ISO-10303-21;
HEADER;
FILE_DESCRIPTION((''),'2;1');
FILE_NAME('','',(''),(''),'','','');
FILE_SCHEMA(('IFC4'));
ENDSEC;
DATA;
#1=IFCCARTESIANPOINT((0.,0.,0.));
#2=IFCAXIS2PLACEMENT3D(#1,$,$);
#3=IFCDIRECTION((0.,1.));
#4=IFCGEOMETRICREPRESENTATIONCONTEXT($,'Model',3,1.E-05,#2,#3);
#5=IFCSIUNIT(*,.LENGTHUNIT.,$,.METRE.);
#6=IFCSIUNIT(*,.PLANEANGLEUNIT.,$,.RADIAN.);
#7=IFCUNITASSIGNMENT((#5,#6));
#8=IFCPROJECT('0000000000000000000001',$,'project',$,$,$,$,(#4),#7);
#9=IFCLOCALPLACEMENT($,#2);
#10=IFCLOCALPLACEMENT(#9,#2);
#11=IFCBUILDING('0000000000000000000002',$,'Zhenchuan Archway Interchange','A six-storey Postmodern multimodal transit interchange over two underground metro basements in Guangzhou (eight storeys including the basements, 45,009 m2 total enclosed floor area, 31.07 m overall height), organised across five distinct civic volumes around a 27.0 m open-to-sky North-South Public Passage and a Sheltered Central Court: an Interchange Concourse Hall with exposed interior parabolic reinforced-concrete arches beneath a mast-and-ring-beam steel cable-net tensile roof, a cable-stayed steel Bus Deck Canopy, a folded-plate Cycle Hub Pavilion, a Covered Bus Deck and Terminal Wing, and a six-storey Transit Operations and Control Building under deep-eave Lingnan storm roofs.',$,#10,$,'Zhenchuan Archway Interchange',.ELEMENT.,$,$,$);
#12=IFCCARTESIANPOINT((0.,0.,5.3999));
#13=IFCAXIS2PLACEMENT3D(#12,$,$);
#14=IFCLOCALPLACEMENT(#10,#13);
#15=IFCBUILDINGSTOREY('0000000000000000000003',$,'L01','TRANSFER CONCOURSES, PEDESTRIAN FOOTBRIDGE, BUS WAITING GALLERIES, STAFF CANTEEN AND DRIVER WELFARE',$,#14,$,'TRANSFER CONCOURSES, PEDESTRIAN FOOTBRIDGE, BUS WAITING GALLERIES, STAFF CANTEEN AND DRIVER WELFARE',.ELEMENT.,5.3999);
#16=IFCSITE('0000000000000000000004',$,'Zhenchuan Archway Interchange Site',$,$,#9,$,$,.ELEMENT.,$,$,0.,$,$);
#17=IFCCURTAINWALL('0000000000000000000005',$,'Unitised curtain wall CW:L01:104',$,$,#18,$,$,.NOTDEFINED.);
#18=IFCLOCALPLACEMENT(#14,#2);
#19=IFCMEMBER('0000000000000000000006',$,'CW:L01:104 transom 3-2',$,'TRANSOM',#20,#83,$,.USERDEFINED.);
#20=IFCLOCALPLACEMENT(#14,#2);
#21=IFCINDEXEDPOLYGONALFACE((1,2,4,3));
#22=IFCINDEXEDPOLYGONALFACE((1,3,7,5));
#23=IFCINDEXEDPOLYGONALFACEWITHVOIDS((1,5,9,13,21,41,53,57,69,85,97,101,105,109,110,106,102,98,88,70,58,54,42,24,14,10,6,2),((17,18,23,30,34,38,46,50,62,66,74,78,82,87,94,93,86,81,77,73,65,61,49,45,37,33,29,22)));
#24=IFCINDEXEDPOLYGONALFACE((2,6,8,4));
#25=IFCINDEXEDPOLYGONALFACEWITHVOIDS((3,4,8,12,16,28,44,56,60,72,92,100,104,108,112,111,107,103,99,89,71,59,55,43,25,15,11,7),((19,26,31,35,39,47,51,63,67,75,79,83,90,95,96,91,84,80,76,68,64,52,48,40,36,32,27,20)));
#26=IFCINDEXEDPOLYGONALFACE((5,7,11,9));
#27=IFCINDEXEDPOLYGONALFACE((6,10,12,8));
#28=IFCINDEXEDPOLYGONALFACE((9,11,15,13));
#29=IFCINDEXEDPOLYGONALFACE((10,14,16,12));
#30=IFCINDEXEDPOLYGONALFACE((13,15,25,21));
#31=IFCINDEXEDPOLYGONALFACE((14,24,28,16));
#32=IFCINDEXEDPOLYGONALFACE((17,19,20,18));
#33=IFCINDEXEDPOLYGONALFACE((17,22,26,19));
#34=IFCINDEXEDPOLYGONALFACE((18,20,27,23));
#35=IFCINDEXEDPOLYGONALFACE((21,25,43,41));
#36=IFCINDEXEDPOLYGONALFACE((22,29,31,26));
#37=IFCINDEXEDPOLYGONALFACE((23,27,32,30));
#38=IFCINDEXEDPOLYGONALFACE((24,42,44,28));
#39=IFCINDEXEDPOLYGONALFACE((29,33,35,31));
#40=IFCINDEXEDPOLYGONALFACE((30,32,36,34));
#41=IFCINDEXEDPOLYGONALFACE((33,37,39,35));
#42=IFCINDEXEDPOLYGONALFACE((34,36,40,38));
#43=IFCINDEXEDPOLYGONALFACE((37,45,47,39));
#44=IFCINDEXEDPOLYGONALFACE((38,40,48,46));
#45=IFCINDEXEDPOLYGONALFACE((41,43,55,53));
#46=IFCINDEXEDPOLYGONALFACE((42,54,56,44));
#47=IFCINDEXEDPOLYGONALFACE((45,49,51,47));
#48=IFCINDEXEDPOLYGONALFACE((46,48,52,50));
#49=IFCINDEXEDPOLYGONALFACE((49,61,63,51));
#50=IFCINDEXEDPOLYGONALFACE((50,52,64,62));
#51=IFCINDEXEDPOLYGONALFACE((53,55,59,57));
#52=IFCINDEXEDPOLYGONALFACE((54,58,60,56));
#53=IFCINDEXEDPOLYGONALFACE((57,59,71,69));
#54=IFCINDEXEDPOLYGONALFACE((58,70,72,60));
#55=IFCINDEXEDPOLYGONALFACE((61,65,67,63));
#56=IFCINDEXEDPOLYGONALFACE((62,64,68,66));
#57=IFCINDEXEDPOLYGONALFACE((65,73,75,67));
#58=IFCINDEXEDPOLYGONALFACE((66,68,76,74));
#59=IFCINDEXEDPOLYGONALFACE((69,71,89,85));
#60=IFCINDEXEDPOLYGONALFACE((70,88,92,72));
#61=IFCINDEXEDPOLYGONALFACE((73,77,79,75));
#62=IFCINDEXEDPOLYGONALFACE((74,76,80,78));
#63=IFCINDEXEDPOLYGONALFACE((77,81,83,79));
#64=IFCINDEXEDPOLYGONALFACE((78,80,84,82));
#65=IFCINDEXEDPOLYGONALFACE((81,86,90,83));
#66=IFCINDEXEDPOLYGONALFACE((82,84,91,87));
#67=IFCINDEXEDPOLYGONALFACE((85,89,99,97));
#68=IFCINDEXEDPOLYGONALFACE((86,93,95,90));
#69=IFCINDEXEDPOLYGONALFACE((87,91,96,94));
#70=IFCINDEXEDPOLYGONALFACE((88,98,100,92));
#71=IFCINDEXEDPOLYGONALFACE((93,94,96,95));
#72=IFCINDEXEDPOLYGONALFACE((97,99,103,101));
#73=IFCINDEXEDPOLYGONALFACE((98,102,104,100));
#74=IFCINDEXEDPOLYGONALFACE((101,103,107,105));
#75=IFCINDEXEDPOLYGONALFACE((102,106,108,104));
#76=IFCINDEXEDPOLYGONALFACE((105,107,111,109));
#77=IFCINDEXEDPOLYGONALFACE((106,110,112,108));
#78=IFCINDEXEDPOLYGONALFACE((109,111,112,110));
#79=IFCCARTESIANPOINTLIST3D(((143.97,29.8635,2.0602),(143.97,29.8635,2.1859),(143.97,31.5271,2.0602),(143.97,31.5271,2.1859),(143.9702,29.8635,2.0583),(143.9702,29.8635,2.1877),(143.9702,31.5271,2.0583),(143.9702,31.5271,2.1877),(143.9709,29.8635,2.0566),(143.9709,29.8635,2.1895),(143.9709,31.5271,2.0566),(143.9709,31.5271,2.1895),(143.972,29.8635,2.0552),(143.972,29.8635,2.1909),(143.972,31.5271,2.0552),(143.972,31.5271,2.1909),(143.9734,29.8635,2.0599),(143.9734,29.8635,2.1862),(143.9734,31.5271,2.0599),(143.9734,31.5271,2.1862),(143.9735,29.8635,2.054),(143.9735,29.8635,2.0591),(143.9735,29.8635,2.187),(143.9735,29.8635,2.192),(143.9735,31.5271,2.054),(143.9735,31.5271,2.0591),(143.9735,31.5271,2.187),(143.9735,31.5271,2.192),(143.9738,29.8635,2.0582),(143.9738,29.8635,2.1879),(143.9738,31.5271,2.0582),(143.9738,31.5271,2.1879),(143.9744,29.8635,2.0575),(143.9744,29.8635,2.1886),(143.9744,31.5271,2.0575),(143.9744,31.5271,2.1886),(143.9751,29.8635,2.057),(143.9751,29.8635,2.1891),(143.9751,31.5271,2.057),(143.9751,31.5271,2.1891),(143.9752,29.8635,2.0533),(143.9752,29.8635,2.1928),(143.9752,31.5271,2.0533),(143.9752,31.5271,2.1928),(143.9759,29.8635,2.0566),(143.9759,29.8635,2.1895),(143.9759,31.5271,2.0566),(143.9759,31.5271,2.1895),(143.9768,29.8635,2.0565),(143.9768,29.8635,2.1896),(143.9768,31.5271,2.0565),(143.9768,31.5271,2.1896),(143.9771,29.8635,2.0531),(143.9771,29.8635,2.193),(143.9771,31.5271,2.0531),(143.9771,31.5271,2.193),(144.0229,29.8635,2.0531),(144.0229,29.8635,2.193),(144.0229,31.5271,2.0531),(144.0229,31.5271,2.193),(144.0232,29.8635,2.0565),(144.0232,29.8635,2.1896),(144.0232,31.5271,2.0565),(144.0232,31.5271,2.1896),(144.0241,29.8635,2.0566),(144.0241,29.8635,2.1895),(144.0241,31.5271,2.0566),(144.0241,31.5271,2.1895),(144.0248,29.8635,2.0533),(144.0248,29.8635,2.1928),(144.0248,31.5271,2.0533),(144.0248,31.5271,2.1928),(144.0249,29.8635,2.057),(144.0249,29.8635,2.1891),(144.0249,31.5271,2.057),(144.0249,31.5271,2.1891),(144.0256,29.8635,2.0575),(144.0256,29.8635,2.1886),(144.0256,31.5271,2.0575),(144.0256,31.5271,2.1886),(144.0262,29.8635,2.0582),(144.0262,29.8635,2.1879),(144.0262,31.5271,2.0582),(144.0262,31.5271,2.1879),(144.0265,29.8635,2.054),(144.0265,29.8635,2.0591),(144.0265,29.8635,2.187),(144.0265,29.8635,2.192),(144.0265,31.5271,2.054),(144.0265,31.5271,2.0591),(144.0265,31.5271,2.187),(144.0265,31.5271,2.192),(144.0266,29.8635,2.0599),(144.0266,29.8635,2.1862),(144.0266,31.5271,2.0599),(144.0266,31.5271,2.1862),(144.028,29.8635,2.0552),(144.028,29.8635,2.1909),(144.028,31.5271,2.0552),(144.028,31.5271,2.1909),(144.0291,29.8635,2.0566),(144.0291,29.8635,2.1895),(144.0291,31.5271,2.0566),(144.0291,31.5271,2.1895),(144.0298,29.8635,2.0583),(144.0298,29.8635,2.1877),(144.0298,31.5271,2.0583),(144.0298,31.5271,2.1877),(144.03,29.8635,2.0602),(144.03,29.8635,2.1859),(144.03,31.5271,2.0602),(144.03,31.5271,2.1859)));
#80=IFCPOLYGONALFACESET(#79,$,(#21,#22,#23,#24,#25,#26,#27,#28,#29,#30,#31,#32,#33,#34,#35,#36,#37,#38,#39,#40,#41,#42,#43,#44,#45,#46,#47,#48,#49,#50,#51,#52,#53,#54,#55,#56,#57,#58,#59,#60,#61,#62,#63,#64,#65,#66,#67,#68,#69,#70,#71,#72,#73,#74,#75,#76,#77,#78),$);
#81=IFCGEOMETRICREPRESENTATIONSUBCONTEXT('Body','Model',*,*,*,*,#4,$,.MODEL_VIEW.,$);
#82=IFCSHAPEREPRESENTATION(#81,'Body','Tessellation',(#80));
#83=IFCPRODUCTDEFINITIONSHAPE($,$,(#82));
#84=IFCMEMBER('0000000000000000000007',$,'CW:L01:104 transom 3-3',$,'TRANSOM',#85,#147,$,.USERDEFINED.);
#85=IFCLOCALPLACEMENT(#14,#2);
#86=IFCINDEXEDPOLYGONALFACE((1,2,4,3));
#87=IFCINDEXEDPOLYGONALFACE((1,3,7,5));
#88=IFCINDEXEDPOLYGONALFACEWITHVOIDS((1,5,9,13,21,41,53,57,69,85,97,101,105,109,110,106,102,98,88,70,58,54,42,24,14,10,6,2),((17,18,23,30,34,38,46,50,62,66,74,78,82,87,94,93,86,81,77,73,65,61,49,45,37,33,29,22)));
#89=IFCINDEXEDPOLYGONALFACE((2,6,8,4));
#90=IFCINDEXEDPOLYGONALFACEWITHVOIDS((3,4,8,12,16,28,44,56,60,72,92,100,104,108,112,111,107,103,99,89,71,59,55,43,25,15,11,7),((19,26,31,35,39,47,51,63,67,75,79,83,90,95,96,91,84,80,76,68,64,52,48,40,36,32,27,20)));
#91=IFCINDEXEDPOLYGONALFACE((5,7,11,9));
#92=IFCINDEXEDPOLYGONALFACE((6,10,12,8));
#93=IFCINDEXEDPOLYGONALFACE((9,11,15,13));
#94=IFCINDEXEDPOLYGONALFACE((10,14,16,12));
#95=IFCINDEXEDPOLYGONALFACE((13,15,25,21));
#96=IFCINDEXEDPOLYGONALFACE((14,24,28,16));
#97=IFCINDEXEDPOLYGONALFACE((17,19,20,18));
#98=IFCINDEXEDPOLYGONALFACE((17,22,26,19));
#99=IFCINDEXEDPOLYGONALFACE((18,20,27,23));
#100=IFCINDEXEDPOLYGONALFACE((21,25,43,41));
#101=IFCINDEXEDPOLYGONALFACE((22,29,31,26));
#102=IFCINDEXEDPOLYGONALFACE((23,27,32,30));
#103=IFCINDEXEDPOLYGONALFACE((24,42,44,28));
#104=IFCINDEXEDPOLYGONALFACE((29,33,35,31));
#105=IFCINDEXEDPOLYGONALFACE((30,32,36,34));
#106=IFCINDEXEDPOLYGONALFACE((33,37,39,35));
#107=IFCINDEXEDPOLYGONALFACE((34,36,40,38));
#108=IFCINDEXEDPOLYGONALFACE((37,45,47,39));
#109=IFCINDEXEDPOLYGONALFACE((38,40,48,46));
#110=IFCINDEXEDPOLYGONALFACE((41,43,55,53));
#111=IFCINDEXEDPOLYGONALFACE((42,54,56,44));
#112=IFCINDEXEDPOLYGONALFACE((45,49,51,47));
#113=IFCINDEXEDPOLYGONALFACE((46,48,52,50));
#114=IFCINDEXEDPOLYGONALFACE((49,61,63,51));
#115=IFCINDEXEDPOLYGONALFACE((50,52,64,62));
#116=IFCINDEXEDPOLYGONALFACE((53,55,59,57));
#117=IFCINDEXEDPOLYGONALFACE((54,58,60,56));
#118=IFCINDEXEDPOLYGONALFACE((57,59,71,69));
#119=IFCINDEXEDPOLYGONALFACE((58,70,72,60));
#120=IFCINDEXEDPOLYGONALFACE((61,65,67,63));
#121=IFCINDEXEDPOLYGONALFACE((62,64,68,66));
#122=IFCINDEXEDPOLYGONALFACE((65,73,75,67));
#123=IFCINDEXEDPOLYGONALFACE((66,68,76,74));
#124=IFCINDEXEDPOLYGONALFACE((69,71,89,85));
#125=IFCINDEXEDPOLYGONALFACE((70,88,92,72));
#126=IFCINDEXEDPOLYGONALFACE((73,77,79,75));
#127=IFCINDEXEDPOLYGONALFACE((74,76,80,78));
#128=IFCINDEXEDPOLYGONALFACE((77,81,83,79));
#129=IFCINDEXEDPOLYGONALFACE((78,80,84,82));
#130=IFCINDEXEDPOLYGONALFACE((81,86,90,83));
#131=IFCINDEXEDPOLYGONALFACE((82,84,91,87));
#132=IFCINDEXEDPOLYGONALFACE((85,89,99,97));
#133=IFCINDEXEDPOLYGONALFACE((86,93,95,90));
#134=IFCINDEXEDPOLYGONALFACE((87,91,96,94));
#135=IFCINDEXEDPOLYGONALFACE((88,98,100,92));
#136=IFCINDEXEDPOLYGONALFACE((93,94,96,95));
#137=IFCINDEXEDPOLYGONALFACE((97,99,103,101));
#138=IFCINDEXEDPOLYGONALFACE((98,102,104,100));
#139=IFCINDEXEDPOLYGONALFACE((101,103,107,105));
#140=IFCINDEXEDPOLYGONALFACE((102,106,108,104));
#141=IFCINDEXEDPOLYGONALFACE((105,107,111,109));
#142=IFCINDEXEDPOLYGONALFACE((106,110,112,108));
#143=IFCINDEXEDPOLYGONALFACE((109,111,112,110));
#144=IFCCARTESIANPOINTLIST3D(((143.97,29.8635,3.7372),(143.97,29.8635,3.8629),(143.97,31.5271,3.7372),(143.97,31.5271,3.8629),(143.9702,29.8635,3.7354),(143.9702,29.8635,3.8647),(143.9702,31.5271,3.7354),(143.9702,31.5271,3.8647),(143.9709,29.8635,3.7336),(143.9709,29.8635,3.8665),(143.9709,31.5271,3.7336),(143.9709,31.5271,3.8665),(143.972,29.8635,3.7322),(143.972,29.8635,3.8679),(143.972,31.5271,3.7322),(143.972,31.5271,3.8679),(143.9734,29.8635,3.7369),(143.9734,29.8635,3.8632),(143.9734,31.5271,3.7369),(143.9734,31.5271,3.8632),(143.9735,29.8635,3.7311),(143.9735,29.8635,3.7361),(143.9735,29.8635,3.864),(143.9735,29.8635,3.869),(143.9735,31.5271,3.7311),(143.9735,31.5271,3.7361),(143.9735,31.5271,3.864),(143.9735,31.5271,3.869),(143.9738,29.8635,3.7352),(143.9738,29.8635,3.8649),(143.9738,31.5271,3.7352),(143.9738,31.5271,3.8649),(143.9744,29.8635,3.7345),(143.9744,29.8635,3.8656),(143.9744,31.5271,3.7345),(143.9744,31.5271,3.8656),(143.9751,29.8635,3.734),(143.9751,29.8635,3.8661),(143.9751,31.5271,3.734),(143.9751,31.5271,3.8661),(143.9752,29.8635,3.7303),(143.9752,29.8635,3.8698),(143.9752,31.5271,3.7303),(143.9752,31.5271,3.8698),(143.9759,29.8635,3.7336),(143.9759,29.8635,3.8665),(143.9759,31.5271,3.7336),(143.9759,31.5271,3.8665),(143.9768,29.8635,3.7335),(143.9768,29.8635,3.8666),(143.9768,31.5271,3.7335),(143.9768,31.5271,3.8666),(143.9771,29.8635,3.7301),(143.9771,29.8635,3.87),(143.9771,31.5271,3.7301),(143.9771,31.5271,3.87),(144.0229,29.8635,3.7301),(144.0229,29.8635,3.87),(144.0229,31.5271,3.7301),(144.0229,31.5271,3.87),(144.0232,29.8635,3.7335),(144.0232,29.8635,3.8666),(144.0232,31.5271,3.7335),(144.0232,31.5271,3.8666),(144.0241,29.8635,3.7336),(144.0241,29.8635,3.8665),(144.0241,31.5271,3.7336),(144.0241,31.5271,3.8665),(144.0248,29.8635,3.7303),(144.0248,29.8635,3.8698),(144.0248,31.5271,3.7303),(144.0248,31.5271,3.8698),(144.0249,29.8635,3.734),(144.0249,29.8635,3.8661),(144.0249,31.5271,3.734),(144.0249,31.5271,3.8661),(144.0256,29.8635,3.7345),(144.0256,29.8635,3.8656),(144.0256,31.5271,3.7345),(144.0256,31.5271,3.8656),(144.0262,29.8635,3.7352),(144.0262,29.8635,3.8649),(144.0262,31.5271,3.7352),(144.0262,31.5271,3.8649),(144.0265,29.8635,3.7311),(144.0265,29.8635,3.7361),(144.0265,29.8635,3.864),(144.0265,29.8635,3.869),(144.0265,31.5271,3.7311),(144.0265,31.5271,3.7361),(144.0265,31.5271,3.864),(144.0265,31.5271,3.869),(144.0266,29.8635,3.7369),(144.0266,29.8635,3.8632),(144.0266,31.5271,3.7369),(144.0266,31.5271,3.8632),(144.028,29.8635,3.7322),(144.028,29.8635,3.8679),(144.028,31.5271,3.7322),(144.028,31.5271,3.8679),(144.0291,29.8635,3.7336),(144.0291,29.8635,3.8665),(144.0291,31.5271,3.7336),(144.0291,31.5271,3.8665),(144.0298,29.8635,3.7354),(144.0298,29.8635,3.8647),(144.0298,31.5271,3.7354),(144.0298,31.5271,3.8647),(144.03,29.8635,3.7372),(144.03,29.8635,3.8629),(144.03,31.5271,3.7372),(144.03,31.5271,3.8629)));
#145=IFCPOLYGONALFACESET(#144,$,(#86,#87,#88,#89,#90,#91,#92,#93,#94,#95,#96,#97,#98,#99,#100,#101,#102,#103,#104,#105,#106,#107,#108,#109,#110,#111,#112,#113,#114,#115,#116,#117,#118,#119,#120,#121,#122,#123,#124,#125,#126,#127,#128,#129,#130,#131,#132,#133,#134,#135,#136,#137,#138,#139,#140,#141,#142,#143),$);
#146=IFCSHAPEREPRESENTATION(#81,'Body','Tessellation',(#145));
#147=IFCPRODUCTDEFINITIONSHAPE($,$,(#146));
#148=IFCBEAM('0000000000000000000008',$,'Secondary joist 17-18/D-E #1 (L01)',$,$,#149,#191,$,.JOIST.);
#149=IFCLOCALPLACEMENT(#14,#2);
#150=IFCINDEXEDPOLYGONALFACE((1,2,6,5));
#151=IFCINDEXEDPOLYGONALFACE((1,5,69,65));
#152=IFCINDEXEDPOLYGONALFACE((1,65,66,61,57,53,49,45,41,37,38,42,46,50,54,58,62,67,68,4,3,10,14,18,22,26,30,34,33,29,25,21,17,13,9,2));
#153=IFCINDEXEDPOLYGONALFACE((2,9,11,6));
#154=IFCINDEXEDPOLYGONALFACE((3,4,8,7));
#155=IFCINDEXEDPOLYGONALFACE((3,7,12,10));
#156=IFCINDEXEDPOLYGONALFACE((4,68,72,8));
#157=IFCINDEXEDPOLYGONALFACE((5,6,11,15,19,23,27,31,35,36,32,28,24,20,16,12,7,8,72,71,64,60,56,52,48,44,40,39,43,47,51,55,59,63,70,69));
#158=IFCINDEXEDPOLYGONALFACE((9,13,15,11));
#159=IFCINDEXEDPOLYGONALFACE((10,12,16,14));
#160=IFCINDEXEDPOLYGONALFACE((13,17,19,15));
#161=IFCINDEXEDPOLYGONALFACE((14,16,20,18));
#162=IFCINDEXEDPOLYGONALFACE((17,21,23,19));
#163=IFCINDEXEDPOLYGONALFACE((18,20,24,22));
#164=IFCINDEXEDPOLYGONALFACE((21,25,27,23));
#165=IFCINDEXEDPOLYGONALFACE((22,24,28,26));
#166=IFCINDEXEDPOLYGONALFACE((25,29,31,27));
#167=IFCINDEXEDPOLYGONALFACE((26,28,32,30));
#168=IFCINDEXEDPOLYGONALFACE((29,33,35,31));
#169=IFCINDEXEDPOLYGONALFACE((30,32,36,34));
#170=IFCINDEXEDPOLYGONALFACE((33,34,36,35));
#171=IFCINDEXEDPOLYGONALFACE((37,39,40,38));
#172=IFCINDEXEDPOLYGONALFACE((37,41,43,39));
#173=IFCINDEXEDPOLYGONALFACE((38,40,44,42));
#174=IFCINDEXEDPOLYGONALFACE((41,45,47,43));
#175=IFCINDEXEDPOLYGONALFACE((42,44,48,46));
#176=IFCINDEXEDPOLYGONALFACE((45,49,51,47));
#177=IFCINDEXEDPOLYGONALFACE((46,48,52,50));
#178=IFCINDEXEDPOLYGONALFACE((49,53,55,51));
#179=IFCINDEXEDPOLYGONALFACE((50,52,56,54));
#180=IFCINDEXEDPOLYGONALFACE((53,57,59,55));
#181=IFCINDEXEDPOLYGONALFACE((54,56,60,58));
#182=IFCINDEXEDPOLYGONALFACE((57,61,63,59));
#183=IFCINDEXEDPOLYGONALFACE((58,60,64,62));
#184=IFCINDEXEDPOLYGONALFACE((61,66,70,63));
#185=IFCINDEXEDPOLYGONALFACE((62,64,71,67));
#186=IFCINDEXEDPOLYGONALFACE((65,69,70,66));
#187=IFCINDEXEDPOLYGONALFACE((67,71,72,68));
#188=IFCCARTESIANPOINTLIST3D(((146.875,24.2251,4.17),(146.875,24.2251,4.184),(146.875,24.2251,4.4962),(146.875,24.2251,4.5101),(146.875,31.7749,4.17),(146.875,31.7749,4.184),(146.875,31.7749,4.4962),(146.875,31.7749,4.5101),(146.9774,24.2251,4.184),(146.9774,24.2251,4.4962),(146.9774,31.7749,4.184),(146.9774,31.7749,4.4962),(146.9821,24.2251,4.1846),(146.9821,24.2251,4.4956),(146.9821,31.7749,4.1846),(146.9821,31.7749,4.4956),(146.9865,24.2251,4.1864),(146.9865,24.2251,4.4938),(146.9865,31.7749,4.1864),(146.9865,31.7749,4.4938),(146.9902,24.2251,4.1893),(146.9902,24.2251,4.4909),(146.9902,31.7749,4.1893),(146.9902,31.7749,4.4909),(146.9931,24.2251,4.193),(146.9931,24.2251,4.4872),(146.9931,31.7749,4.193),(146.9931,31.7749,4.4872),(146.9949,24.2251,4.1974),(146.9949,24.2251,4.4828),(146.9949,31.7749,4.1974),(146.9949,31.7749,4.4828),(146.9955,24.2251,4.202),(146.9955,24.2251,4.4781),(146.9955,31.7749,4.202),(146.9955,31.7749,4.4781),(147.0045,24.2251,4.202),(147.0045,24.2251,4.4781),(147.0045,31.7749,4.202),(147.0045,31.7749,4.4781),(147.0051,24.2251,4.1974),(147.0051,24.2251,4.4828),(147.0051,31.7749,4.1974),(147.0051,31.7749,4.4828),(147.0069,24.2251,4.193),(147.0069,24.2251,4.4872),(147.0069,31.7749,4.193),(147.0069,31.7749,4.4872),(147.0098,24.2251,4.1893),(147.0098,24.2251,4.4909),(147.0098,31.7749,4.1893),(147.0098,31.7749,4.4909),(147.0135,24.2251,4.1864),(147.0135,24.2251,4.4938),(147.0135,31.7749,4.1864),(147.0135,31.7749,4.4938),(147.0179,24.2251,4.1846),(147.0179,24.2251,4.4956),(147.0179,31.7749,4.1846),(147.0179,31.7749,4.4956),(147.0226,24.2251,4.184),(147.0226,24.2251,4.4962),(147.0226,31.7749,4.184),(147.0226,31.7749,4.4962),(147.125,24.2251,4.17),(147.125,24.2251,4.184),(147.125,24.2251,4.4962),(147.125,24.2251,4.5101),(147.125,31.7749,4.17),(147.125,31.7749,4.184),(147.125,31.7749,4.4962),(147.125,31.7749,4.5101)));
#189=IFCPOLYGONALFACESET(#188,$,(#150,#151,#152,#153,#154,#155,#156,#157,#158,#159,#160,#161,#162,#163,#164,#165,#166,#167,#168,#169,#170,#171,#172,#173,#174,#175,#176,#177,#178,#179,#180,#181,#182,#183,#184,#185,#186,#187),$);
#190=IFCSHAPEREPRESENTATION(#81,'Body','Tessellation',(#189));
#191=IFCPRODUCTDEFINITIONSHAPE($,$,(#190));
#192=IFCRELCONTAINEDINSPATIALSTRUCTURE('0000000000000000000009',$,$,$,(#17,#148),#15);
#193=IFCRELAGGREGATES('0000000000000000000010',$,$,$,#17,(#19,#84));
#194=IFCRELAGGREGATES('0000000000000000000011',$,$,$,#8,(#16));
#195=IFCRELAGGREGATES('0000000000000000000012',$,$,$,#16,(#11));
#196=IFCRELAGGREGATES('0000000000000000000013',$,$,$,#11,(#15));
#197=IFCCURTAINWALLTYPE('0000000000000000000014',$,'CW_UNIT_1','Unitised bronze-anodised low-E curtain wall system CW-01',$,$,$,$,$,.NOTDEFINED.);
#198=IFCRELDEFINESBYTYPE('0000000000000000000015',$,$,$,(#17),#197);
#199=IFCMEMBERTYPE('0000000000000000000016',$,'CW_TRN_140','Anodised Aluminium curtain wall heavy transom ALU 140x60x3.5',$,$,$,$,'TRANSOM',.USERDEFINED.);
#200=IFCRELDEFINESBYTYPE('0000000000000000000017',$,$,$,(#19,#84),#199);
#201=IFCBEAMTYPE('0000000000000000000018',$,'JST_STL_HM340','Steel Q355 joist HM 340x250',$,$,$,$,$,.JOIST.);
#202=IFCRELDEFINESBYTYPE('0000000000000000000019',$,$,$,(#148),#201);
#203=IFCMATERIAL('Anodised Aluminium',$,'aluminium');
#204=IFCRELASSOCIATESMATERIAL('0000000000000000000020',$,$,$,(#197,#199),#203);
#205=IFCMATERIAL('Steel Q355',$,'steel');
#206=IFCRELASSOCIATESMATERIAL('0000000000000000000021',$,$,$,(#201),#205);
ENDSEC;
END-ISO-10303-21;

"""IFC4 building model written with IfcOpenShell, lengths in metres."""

from ifc_helpers import new_model, si_unit, direction, frame, origin, origin_2d, place, context, subcontext, project, spatial, hollow_rectangle, i_section, extrude, material, material_profile, profile_set, type_object, element, aggregate, save


model = new_model("IFC4")

# Units and contexts
model_context = context("Model", 3, precision=1e-05, world=origin(), true_north=direction((0.0, 1.0)))
body_context = subcontext(model_context, "Body", "Model", "MODEL_VIEW")
ifc_project = project(units=[si_unit("LENGTHUNIT", "METRE"), si_unit("PLANEANGLEUNIT", "RADIAN")], contexts=[model_context])

# Site, building, storey
site_placement = place(None, origin())
site = spatial("IfcSite", under=ifc_project, at=site_placement, Name="Zhenchuan Archway Interchange Site", CompositionType="ELEMENT", RefElevation=0.0)
building_placement = place(site_placement, origin())
building = spatial("IfcBuilding", under=site, at=building_placement, Name="Zhenchuan Archway Interchange", Description="A six-storey Postmodern multimodal transit interchange over two underground metro basements in Guangzhou (eight storeys including the basements, 45,009 m2 total enclosed floor area, 31.07 m overall height), organised across five distinct civic volumes around a 27.0 m open-to-sky North-South Public Passage and a Sheltered Central Court: an Interchange Concourse Hall with exposed interior parabolic reinforced-concrete arches beneath a mast-and-ring-beam steel cable-net tensile roof, a cable-stayed steel Bus Deck Canopy, a folded-plate Cycle Hub Pavilion, a Covered Bus Deck and Terminal Wing, and a six-storey Transit Operations and Control Building under deep-eave Lingnan storm roofs.", LongName="Zhenchuan Archway Interchange", CompositionType="ELEMENT")
storey_placement = place(building_placement, frame((0.0, 0.0, 5.3999)))
storey = spatial("IfcBuildingStorey", under=building, at=storey_placement, Name="L01", Description="TRANSFER CONCOURSES, PEDESTRIAN FOOTBRIDGE, BUS WAITING GALLERIES, STAFF CANTEEN AND DRIVER WELFARE", LongName="TRANSFER CONCOURSES, PEDESTRIAN FOOTBRIDGE, BUS WAITING GALLERIES, STAFF CANTEEN AND DRIVER WELFARE", CompositionType="ELEMENT", Elevation=5.3999)

# Curtain wall, members
ifc_material_1 = material(Name="Anodised Aluminium", Category="aluminium")
curtain_wall_type = type_object("IfcCurtainWallType", Name="CW_UNIT_1", Description="Unitised bronze-anodised low-E curtain wall system CW-01", PredefinedType="NOTDEFINED", material=ifc_material_1)
curtain_wall_placement = place(storey_placement, origin())
curtain_wall = element("IfcCurtainWall", 1, at=curtain_wall_placement, inside=storey, type_object=curtain_wall_type, Name="Unitised curtain wall CW:L01:104", PredefinedType="NOTDEFINED")
ifc_material_profile_1 = material_profile(ifc_material_1, hollow_rectangle(XDim=0.0601, YDim=0.1399, WallThickness=0.0034, InnerFilletRadius=0.0034, OuterFilletRadius=0.0071, at=origin_2d()), Name="ALU 140x60x3.5")
ifc_profile_set_1 = profile_set([ifc_material_profile_1], Name="Anodised Aluminium")
member_type_1 = type_object("IfcMemberType", Name="CW_TRN_140", Description="Anodised Aluminium curtain wall heavy transom ALU 140x60x3.5", ElementType="TRANSOM", PredefinedType="USERDEFINED", material=ifc_profile_set_1)
member_1_placement = place(storey_placement, frame((144.0, 29.8635, 2.123), z_axis=(0.0, 1.0, 0.0), x_axis=(-1.0, 0.0, 0.0)))
member_1 = element("IfcMember", 2, at=member_1_placement, type_object=member_type_1, Name="CW:L01:104 transom 3-2", ObjectType="TRANSOM", PredefinedType="USERDEFINED", context=body_context, shape_type="SweptSolid", body=[
    extrude(hollow_rectangle(XDim=0.0601, YDim=0.1399, WallThickness=0.0034, InnerFilletRadius=0.0034, OuterFilletRadius=0.0071, at=origin_2d()), origin(), (0.0, 0.0, 1.0), 1.6636),
])
member_2_placement = place(storey_placement, frame((144.0, 29.8635, 3.8), z_axis=(0.0, 1.0, 0.0), x_axis=(-1.0, 0.0, 0.0)))
member_2 = element("IfcMember", 3, at=member_2_placement, type_object=member_type_1, Name="CW:L01:104 transom 3-3", ObjectType="TRANSOM", PredefinedType="USERDEFINED", context=body_context, shape_type="SweptSolid", body=[
    extrude(hollow_rectangle(XDim=0.0601, YDim=0.1399, WallThickness=0.0034, InnerFilletRadius=0.0034, OuterFilletRadius=0.0071, at=origin_2d()), origin(), (0.0, 0.0, 1.0), 1.6636),
])

# Beam
ifc_material_2 = material(Name="Steel Q355", Category="steel")
ifc_material_profile_2 = material_profile(ifc_material_2, i_section(OverallWidth=0.25, OverallDepth=0.3401, WebThickness=0.009, FlangeThickness=0.0139, FilletRadius=0.0181, at=origin_2d()), Name="HM 340x250")
ifc_profile_set_2 = profile_set([ifc_material_profile_2], Name="Steel Q355")
beam_type_1 = type_object("IfcBeamType", Name="JST_STL_HM340", Description="Steel Q355 joist HM 340x250", PredefinedType="JOIST", material=ifc_profile_set_2)
for number, where, z_axis, x_axis, name in (
    (4, (147.0, 24.2251, 4.3401), (0.0, 1.0, 0.0), (-1.0, 0.0, 0.0), "Secondary joist 17-18/D-E #1 (L01)"),
):
    element("IfcBeam", number, at=place(storey_placement, frame(where, z_axis=z_axis, x_axis=x_axis)), inside=storey, type_object=beam_type_1, Name=name, PredefinedType="JOIST", context=body_context, shape_type="SweptSolid", body=[
        extrude(i_section(OverallWidth=0.25, OverallDepth=0.3401, WebThickness=0.009, FlangeThickness=0.0139, FilletRadius=0.0181, at=origin_2d()), origin(), (0.0, 0.0, 1.0), 7.5498),
    ])

aggregate(curtain_wall, [member_1, member_2])

save(model, "model.ifc")
